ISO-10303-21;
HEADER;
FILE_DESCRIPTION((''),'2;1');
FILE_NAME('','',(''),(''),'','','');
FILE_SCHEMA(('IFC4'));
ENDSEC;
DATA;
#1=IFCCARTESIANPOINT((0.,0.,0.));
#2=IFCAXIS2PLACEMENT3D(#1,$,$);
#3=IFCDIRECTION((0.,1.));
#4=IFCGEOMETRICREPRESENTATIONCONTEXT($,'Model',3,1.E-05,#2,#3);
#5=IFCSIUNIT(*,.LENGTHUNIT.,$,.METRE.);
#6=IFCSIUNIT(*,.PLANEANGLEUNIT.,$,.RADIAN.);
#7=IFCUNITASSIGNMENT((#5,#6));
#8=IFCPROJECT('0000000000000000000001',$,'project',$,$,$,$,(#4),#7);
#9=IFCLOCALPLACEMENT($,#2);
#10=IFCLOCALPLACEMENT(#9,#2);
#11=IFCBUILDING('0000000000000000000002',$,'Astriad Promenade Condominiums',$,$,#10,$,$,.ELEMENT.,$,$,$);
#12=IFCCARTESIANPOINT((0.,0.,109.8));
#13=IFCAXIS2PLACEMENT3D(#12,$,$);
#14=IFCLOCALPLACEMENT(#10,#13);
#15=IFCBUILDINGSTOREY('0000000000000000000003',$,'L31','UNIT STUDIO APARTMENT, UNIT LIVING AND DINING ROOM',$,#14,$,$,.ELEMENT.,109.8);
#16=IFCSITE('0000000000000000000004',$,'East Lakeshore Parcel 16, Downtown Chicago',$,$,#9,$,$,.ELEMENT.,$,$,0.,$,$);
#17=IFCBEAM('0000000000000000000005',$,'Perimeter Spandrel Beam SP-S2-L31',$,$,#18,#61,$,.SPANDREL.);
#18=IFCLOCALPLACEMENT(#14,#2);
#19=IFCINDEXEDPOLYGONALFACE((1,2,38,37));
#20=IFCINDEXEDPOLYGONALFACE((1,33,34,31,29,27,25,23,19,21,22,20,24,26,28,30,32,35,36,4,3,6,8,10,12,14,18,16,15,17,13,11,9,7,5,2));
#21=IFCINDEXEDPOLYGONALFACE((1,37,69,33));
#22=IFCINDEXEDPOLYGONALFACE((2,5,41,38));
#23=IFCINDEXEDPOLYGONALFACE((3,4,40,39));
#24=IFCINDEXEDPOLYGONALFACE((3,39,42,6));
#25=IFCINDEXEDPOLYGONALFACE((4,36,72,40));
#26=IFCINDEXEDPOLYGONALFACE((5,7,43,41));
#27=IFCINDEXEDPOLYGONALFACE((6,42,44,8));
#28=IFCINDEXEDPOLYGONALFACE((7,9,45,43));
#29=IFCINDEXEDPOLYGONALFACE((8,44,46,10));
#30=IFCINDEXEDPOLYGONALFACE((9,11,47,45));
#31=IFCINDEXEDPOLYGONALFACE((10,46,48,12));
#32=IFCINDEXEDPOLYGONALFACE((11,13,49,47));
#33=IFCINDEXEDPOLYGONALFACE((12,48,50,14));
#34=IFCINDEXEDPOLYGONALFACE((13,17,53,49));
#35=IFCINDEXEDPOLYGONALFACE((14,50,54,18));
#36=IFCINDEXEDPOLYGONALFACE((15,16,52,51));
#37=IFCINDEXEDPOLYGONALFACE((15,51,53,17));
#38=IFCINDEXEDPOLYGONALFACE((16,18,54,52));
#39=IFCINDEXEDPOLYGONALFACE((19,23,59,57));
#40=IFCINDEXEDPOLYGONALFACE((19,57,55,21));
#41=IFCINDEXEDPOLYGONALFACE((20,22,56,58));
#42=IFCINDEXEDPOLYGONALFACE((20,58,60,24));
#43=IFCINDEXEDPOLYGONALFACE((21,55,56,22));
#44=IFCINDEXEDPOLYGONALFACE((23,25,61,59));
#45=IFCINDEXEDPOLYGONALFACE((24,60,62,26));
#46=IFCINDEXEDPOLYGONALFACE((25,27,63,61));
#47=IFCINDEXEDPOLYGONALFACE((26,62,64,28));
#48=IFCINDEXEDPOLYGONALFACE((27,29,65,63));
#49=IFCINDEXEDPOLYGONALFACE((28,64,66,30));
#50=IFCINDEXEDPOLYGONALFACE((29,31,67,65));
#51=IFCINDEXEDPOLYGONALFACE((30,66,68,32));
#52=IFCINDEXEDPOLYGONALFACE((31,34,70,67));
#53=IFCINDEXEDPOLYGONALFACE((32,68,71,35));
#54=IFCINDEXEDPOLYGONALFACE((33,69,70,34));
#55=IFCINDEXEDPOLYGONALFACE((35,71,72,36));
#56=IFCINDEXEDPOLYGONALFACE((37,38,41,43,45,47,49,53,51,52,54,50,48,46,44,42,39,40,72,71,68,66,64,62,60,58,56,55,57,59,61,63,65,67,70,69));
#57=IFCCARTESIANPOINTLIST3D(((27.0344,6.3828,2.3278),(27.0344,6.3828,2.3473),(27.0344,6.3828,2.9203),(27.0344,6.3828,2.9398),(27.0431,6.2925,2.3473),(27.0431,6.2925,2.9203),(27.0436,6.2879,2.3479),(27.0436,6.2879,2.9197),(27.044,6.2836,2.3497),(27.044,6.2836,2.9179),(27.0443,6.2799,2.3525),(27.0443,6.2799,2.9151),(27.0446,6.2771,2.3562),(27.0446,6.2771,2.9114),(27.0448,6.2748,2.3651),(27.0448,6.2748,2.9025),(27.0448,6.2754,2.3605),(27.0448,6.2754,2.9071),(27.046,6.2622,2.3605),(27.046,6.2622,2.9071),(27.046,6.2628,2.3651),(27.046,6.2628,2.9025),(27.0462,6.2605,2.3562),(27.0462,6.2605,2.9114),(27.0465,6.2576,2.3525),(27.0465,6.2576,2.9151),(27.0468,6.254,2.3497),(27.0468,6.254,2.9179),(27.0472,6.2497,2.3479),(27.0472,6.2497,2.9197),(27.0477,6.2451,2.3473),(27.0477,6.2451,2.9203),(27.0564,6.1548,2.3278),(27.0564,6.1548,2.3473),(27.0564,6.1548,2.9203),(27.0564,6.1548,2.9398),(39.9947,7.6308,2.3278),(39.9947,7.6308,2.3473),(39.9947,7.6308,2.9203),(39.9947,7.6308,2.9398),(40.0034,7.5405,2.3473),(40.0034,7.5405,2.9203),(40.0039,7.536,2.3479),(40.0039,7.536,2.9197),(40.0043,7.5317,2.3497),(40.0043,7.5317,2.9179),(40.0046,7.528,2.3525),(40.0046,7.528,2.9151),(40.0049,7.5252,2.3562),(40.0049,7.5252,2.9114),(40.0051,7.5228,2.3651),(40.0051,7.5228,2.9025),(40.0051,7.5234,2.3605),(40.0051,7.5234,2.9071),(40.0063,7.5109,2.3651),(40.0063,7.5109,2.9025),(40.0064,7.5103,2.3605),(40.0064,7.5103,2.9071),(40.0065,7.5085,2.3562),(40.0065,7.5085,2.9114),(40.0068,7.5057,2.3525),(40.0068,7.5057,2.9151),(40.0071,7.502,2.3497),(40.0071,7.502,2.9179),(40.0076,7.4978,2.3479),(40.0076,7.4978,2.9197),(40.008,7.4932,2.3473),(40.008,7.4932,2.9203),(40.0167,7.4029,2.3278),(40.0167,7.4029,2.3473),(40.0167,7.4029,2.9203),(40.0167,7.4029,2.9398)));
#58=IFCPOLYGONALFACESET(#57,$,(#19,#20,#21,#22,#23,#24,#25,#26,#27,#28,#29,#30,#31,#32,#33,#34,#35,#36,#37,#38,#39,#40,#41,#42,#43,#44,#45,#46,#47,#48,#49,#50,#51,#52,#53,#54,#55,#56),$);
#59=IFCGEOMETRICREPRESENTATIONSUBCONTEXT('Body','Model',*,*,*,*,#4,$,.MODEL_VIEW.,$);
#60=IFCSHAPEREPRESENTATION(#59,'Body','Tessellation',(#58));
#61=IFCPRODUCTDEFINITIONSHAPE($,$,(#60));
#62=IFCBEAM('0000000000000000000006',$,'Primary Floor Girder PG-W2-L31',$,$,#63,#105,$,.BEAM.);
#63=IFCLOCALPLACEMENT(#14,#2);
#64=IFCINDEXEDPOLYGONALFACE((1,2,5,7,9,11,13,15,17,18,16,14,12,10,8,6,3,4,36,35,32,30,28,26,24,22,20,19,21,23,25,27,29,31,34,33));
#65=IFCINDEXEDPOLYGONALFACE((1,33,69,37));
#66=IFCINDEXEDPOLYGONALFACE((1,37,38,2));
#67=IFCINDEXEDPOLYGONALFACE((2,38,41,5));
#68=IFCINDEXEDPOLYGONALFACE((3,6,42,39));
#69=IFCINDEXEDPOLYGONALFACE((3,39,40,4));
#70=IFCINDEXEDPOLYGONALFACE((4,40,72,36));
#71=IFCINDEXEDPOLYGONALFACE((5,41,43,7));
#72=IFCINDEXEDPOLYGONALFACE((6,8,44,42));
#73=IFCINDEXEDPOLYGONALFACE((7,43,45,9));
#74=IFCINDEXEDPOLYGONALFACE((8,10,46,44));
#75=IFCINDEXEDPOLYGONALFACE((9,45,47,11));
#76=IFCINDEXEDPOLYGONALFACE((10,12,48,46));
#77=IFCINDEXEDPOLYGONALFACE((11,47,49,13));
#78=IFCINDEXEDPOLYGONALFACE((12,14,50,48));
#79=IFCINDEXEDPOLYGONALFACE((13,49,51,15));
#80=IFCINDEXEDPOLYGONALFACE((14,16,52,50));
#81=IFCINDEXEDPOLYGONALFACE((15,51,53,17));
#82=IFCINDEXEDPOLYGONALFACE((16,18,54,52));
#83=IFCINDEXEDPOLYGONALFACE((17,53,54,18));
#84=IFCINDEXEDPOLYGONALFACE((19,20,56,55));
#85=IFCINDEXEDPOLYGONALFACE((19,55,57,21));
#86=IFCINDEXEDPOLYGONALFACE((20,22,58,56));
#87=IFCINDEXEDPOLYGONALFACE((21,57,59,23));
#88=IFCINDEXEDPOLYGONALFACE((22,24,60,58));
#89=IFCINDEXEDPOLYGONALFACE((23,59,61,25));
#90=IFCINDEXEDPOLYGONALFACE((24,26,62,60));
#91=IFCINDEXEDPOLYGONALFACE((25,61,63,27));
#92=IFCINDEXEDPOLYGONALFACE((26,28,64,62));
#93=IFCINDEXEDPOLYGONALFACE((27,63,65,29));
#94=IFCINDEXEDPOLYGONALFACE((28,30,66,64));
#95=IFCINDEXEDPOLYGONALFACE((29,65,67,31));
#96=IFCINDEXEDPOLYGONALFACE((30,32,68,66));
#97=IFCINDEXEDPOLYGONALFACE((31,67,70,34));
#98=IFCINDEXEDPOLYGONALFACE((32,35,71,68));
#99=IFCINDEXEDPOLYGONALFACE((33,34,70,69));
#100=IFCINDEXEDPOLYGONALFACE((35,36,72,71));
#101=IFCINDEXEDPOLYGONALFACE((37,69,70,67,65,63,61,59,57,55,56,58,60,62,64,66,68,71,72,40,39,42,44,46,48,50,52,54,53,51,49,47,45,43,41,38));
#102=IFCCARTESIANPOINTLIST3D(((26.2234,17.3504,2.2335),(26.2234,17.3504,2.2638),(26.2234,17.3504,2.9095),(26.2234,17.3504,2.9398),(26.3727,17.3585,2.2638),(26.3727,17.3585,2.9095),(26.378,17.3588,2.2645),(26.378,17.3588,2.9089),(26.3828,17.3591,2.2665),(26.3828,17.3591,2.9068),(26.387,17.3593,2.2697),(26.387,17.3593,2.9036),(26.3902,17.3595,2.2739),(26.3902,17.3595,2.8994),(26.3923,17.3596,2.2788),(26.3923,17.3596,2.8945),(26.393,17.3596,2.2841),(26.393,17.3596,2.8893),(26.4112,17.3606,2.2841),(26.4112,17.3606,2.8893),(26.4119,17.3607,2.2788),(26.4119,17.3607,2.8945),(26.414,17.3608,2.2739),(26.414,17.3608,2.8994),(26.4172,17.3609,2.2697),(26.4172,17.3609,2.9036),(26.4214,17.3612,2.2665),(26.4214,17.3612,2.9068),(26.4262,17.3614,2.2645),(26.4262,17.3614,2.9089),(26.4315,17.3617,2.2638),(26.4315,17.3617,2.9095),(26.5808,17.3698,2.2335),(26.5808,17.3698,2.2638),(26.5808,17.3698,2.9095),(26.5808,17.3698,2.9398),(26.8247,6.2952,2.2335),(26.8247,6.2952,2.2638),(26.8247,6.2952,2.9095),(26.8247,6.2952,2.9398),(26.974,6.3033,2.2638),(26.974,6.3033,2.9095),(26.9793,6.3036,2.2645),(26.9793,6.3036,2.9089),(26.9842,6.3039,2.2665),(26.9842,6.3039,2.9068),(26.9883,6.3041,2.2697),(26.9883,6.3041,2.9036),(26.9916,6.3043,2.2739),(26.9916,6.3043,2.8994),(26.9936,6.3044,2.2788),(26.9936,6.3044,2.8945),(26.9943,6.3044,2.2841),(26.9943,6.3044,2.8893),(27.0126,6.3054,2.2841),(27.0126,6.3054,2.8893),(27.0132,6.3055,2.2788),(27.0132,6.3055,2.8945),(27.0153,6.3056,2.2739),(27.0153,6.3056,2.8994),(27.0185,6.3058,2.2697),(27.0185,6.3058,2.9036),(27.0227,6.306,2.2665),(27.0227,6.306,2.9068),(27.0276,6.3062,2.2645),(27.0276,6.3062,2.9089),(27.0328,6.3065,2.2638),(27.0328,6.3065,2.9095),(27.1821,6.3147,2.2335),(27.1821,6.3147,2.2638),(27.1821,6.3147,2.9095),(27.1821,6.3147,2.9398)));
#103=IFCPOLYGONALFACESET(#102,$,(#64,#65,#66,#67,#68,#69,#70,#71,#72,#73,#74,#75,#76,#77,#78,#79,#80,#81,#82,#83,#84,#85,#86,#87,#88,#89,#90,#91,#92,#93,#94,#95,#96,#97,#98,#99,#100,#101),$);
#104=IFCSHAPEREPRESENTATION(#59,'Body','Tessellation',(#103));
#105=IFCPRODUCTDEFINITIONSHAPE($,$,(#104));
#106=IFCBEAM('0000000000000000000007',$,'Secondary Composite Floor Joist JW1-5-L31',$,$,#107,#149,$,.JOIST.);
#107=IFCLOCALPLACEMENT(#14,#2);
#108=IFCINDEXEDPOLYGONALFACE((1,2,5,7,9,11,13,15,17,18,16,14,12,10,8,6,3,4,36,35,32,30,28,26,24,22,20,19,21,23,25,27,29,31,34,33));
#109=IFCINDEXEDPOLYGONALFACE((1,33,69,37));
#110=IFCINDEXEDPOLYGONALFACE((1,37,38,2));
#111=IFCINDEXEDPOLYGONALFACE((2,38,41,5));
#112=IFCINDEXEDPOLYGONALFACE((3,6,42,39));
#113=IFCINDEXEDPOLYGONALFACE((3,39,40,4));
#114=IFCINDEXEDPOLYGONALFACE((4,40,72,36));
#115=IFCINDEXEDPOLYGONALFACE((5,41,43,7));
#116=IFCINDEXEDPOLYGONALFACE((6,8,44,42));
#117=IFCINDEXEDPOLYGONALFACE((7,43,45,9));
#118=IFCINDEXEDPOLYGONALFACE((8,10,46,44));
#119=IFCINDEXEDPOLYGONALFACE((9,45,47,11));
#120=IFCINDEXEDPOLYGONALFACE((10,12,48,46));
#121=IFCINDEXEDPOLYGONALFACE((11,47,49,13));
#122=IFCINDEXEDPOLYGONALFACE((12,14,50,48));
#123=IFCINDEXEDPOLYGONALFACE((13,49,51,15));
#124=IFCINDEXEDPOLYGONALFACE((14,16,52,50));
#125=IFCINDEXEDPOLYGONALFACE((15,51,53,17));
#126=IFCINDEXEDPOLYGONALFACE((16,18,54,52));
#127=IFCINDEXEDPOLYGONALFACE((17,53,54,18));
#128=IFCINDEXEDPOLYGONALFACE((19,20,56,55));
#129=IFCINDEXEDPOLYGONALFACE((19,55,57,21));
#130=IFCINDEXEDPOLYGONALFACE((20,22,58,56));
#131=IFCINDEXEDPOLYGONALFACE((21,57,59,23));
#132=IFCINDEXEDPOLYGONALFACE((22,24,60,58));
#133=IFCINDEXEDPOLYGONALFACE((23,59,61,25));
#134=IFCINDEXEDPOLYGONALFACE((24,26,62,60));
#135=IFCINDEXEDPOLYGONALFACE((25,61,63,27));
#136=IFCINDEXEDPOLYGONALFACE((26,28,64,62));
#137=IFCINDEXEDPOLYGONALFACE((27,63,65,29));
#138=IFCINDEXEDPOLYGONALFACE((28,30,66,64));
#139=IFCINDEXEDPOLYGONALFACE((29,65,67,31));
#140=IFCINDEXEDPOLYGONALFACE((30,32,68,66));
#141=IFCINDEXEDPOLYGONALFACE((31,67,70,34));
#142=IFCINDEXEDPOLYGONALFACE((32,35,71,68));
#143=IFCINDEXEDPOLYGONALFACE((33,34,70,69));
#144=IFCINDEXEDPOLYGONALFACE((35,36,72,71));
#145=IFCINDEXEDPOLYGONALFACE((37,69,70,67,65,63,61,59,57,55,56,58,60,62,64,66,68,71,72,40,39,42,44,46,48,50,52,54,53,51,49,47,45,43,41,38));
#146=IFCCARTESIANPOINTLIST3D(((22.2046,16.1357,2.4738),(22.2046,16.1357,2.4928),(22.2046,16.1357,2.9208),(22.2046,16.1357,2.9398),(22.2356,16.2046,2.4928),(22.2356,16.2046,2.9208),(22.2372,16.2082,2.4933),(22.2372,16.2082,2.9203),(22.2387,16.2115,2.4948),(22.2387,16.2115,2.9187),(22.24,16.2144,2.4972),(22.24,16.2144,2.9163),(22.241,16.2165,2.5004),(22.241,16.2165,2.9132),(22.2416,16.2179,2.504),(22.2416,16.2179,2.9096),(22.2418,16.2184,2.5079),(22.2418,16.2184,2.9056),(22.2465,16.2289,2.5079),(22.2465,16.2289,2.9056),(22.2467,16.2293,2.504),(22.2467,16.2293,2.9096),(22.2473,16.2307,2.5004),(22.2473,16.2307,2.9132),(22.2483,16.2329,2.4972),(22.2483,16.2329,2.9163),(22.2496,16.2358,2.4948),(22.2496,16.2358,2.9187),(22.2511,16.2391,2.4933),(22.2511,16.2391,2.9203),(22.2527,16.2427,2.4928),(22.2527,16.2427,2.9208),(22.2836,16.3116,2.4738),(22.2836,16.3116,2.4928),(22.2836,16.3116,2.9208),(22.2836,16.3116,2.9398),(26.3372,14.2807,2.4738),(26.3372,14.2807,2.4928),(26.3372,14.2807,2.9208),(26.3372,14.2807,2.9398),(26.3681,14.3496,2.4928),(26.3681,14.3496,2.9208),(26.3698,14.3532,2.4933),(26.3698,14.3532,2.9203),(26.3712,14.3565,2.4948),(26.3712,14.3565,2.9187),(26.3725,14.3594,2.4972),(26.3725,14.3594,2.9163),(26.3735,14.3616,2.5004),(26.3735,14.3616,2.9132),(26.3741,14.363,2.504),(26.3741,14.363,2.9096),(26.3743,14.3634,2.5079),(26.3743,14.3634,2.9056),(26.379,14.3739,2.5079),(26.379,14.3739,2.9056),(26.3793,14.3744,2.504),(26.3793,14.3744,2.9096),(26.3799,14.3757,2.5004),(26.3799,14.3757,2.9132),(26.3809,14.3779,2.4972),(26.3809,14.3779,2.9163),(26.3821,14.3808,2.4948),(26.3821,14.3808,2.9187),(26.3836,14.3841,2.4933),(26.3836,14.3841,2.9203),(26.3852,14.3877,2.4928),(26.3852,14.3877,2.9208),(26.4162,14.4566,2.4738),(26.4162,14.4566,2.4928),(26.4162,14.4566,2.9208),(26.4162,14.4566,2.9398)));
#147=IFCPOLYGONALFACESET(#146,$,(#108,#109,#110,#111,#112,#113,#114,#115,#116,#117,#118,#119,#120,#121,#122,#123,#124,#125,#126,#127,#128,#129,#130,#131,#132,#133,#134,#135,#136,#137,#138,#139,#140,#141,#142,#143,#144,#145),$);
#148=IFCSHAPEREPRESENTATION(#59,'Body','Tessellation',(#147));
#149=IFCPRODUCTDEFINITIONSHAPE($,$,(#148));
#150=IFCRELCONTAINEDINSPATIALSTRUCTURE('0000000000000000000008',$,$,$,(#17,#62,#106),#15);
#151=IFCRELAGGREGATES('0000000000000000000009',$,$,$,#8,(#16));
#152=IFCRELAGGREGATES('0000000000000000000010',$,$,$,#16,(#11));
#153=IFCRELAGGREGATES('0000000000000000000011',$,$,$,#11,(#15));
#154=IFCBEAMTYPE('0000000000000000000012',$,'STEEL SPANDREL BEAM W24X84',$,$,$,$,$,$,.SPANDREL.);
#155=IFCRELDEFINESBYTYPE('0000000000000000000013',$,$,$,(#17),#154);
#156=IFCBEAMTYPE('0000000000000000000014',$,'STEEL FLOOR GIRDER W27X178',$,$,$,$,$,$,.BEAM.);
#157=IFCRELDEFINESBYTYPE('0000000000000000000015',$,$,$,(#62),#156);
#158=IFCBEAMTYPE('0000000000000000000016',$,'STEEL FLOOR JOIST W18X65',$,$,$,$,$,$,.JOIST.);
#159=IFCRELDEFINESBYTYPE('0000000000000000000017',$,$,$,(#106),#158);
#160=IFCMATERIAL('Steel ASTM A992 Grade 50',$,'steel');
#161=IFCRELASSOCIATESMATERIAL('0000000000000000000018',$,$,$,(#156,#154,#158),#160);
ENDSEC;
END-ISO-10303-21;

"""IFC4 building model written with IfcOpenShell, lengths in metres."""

from ifc_helpers import new_model, si_unit, direction, frame, origin, origin_2d, place, context, subcontext, project, spatial, i_section, extrude, source, transform, mapped, material, material_profile, profile_set, type_object, type_shapes, element, save


model = new_model("IFC4")

# Units and contexts
model_context = context("Model", 3, precision=1e-05, world=origin(), true_north=direction((0.0, 1.0)))
body_context = subcontext(model_context, "Body", "Model", "MODEL_VIEW")
ifc_project = project(units=[si_unit("LENGTHUNIT", "METRE"), si_unit("PLANEANGLEUNIT", "RADIAN")], contexts=[model_context])

# Site, building, storey
site_placement = place(None, origin())
site = spatial("IfcSite", under=ifc_project, at=site_placement, Name="East Lakeshore Parcel 16, Downtown Chicago", CompositionType="ELEMENT", RefElevation=0.0)
building_placement = place(site_placement, origin())
building = spatial("IfcBuilding", under=site, at=building_placement, Name="Astriad Promenade Condominiums", CompositionType="ELEMENT")
storey_placement = place(building_placement, frame((0.0, 0.0, 109.8)))
storey = spatial("IfcBuildingStorey", under=building, at=storey_placement, Name="L31", Description="UNIT STUDIO APARTMENT, UNIT LIVING AND DINING ROOM", CompositionType="ELEMENT", Elevation=109.8)

# Shared definitions
ifc_material_1 = material(Name="Steel ASTM A992 Grade 50", Category="steel")

# Beams
ifc_material_profile_1 = material_profile(ifc_material_1, i_section(OverallWidth=0.3579, OverallDepth=0.7063, WebThickness=0.0183, FlangeThickness=0.0303, FilletRadius=0.0203, at=origin_2d()), Name="W27X178")
ifc_profile_set_1 = profile_set([ifc_material_profile_1], Name="Steel ASTM A992 Grade 50")
beam_type_1 = type_object("IfcBeamType", Name="STEEL FLOOR GIRDER W27X178", PredefinedType="BEAM", material=ifc_profile_set_1)
ifc_material_profile_2 = material_profile(ifc_material_1, i_section(OverallWidth=0.229, OverallDepth=0.6121, WebThickness=0.012, FlangeThickness=0.0195, FilletRadius=0.0178, at=origin_2d()), Name="W24X84")
ifc_profile_set_2 = profile_set([ifc_material_profile_2], Name="Steel ASTM A992 Grade 50")
beam_type_2 = type_object("IfcBeamType", Name="STEEL SPANDREL BEAM W24X84", PredefinedType="SPANDREL", material=ifc_profile_set_2)
shared_shape_1 = source(origin(), body_context, "Body", "SweptSolid", [
    extrude(i_section(OverallWidth=0.229, OverallDepth=0.6121, WebThickness=0.012, FlangeThickness=0.0195, FilletRadius=0.0178, at=origin_2d()), origin(), (0.0, 0.0, 1.0), 13.0203),
])
type_shapes(beam_type_2, [shared_shape_1])
beam_1_placement = place(storey_placement, frame((27.0454, 6.2688, 2.6338), z_axis=(0.995395, 0.095855, 0.0), x_axis=(-0.095855, 0.995395, 0.0)))
element("IfcBeam", 1, at=beam_1_placement, inside=storey, type_object=beam_type_2, Name="Perimeter Spandrel Beam SP-S2-L31", PredefinedType="SPANDREL", context=body_context, shape_type="MappedRepresentation", body=[
    mapped(shared_shape_1, transform((0.0, 0.0, 0.0), scale=1.0)),
])
shared_shape_2 = source(origin(), body_context, "Body", "SweptSolid", [
    extrude(i_section(OverallWidth=0.3579, OverallDepth=0.7063, WebThickness=0.0183, FlangeThickness=0.0303, FilletRadius=0.0203, at=origin_2d()), origin(), (0.0, 0.0, 1.0), 11.0715),
])
beam_2_placement = place(storey_placement, frame((27.0034, 6.3049, 2.5867), z_axis=(-0.054312, 0.998524, 0.0), x_axis=(-0.998524, -0.054312, 0.0)))
element("IfcBeam", 2, at=beam_2_placement, inside=storey, type_object=beam_type_1, Name="Primary Floor Girder PG-W2-L31", PredefinedType="BEAM", context=body_context, shape_type="MappedRepresentation", body=[
    mapped(shared_shape_2, transform((0.0, 0.0, 0.0), scale=1.0)),
])
ifc_material_profile_3 = material_profile(ifc_material_1, i_section(OverallWidth=0.1929, OverallDepth=0.4661, WebThickness=0.0115, FlangeThickness=0.019, FilletRadius=0.0151, at=origin_2d()), Name="W18X65")
ifc_profile_set_3 = profile_set([ifc_material_profile_3], Name="Steel ASTM A992 Grade 50")
beam_type_3 = type_object("IfcBeamType", Name="STEEL FLOOR JOIST W18X65", PredefinedType="JOIST", material=ifc_profile_set_3)
shared_shape_3 = source(origin(), body_context, "Body", "SweptSolid", [
    extrude(i_section(OverallWidth=0.1929, OverallDepth=0.4661, WebThickness=0.0115, FlangeThickness=0.019, FilletRadius=0.0151, at=origin_2d()), origin(), (0.0, 0.0, 1.0), 4.5298),
])
beam_3_placement = place(storey_placement, frame((22.2441, 16.2236, 2.7068), z_axis=(0.912307, -0.409506, 0.0), x_axis=(0.409506, 0.912307, 0.0)))
element("IfcBeam", 3, at=beam_3_placement, inside=storey, type_object=beam_type_3, Name="Secondary Composite Floor Joist JW1-5-L31", PredefinedType="JOIST", context=body_context, shape_type="MappedRepresentation", body=[
    mapped(shared_shape_3, transform((0.0, 0.0, 0.0), scale=1.0)),
])

save(model, "model.ifc")
